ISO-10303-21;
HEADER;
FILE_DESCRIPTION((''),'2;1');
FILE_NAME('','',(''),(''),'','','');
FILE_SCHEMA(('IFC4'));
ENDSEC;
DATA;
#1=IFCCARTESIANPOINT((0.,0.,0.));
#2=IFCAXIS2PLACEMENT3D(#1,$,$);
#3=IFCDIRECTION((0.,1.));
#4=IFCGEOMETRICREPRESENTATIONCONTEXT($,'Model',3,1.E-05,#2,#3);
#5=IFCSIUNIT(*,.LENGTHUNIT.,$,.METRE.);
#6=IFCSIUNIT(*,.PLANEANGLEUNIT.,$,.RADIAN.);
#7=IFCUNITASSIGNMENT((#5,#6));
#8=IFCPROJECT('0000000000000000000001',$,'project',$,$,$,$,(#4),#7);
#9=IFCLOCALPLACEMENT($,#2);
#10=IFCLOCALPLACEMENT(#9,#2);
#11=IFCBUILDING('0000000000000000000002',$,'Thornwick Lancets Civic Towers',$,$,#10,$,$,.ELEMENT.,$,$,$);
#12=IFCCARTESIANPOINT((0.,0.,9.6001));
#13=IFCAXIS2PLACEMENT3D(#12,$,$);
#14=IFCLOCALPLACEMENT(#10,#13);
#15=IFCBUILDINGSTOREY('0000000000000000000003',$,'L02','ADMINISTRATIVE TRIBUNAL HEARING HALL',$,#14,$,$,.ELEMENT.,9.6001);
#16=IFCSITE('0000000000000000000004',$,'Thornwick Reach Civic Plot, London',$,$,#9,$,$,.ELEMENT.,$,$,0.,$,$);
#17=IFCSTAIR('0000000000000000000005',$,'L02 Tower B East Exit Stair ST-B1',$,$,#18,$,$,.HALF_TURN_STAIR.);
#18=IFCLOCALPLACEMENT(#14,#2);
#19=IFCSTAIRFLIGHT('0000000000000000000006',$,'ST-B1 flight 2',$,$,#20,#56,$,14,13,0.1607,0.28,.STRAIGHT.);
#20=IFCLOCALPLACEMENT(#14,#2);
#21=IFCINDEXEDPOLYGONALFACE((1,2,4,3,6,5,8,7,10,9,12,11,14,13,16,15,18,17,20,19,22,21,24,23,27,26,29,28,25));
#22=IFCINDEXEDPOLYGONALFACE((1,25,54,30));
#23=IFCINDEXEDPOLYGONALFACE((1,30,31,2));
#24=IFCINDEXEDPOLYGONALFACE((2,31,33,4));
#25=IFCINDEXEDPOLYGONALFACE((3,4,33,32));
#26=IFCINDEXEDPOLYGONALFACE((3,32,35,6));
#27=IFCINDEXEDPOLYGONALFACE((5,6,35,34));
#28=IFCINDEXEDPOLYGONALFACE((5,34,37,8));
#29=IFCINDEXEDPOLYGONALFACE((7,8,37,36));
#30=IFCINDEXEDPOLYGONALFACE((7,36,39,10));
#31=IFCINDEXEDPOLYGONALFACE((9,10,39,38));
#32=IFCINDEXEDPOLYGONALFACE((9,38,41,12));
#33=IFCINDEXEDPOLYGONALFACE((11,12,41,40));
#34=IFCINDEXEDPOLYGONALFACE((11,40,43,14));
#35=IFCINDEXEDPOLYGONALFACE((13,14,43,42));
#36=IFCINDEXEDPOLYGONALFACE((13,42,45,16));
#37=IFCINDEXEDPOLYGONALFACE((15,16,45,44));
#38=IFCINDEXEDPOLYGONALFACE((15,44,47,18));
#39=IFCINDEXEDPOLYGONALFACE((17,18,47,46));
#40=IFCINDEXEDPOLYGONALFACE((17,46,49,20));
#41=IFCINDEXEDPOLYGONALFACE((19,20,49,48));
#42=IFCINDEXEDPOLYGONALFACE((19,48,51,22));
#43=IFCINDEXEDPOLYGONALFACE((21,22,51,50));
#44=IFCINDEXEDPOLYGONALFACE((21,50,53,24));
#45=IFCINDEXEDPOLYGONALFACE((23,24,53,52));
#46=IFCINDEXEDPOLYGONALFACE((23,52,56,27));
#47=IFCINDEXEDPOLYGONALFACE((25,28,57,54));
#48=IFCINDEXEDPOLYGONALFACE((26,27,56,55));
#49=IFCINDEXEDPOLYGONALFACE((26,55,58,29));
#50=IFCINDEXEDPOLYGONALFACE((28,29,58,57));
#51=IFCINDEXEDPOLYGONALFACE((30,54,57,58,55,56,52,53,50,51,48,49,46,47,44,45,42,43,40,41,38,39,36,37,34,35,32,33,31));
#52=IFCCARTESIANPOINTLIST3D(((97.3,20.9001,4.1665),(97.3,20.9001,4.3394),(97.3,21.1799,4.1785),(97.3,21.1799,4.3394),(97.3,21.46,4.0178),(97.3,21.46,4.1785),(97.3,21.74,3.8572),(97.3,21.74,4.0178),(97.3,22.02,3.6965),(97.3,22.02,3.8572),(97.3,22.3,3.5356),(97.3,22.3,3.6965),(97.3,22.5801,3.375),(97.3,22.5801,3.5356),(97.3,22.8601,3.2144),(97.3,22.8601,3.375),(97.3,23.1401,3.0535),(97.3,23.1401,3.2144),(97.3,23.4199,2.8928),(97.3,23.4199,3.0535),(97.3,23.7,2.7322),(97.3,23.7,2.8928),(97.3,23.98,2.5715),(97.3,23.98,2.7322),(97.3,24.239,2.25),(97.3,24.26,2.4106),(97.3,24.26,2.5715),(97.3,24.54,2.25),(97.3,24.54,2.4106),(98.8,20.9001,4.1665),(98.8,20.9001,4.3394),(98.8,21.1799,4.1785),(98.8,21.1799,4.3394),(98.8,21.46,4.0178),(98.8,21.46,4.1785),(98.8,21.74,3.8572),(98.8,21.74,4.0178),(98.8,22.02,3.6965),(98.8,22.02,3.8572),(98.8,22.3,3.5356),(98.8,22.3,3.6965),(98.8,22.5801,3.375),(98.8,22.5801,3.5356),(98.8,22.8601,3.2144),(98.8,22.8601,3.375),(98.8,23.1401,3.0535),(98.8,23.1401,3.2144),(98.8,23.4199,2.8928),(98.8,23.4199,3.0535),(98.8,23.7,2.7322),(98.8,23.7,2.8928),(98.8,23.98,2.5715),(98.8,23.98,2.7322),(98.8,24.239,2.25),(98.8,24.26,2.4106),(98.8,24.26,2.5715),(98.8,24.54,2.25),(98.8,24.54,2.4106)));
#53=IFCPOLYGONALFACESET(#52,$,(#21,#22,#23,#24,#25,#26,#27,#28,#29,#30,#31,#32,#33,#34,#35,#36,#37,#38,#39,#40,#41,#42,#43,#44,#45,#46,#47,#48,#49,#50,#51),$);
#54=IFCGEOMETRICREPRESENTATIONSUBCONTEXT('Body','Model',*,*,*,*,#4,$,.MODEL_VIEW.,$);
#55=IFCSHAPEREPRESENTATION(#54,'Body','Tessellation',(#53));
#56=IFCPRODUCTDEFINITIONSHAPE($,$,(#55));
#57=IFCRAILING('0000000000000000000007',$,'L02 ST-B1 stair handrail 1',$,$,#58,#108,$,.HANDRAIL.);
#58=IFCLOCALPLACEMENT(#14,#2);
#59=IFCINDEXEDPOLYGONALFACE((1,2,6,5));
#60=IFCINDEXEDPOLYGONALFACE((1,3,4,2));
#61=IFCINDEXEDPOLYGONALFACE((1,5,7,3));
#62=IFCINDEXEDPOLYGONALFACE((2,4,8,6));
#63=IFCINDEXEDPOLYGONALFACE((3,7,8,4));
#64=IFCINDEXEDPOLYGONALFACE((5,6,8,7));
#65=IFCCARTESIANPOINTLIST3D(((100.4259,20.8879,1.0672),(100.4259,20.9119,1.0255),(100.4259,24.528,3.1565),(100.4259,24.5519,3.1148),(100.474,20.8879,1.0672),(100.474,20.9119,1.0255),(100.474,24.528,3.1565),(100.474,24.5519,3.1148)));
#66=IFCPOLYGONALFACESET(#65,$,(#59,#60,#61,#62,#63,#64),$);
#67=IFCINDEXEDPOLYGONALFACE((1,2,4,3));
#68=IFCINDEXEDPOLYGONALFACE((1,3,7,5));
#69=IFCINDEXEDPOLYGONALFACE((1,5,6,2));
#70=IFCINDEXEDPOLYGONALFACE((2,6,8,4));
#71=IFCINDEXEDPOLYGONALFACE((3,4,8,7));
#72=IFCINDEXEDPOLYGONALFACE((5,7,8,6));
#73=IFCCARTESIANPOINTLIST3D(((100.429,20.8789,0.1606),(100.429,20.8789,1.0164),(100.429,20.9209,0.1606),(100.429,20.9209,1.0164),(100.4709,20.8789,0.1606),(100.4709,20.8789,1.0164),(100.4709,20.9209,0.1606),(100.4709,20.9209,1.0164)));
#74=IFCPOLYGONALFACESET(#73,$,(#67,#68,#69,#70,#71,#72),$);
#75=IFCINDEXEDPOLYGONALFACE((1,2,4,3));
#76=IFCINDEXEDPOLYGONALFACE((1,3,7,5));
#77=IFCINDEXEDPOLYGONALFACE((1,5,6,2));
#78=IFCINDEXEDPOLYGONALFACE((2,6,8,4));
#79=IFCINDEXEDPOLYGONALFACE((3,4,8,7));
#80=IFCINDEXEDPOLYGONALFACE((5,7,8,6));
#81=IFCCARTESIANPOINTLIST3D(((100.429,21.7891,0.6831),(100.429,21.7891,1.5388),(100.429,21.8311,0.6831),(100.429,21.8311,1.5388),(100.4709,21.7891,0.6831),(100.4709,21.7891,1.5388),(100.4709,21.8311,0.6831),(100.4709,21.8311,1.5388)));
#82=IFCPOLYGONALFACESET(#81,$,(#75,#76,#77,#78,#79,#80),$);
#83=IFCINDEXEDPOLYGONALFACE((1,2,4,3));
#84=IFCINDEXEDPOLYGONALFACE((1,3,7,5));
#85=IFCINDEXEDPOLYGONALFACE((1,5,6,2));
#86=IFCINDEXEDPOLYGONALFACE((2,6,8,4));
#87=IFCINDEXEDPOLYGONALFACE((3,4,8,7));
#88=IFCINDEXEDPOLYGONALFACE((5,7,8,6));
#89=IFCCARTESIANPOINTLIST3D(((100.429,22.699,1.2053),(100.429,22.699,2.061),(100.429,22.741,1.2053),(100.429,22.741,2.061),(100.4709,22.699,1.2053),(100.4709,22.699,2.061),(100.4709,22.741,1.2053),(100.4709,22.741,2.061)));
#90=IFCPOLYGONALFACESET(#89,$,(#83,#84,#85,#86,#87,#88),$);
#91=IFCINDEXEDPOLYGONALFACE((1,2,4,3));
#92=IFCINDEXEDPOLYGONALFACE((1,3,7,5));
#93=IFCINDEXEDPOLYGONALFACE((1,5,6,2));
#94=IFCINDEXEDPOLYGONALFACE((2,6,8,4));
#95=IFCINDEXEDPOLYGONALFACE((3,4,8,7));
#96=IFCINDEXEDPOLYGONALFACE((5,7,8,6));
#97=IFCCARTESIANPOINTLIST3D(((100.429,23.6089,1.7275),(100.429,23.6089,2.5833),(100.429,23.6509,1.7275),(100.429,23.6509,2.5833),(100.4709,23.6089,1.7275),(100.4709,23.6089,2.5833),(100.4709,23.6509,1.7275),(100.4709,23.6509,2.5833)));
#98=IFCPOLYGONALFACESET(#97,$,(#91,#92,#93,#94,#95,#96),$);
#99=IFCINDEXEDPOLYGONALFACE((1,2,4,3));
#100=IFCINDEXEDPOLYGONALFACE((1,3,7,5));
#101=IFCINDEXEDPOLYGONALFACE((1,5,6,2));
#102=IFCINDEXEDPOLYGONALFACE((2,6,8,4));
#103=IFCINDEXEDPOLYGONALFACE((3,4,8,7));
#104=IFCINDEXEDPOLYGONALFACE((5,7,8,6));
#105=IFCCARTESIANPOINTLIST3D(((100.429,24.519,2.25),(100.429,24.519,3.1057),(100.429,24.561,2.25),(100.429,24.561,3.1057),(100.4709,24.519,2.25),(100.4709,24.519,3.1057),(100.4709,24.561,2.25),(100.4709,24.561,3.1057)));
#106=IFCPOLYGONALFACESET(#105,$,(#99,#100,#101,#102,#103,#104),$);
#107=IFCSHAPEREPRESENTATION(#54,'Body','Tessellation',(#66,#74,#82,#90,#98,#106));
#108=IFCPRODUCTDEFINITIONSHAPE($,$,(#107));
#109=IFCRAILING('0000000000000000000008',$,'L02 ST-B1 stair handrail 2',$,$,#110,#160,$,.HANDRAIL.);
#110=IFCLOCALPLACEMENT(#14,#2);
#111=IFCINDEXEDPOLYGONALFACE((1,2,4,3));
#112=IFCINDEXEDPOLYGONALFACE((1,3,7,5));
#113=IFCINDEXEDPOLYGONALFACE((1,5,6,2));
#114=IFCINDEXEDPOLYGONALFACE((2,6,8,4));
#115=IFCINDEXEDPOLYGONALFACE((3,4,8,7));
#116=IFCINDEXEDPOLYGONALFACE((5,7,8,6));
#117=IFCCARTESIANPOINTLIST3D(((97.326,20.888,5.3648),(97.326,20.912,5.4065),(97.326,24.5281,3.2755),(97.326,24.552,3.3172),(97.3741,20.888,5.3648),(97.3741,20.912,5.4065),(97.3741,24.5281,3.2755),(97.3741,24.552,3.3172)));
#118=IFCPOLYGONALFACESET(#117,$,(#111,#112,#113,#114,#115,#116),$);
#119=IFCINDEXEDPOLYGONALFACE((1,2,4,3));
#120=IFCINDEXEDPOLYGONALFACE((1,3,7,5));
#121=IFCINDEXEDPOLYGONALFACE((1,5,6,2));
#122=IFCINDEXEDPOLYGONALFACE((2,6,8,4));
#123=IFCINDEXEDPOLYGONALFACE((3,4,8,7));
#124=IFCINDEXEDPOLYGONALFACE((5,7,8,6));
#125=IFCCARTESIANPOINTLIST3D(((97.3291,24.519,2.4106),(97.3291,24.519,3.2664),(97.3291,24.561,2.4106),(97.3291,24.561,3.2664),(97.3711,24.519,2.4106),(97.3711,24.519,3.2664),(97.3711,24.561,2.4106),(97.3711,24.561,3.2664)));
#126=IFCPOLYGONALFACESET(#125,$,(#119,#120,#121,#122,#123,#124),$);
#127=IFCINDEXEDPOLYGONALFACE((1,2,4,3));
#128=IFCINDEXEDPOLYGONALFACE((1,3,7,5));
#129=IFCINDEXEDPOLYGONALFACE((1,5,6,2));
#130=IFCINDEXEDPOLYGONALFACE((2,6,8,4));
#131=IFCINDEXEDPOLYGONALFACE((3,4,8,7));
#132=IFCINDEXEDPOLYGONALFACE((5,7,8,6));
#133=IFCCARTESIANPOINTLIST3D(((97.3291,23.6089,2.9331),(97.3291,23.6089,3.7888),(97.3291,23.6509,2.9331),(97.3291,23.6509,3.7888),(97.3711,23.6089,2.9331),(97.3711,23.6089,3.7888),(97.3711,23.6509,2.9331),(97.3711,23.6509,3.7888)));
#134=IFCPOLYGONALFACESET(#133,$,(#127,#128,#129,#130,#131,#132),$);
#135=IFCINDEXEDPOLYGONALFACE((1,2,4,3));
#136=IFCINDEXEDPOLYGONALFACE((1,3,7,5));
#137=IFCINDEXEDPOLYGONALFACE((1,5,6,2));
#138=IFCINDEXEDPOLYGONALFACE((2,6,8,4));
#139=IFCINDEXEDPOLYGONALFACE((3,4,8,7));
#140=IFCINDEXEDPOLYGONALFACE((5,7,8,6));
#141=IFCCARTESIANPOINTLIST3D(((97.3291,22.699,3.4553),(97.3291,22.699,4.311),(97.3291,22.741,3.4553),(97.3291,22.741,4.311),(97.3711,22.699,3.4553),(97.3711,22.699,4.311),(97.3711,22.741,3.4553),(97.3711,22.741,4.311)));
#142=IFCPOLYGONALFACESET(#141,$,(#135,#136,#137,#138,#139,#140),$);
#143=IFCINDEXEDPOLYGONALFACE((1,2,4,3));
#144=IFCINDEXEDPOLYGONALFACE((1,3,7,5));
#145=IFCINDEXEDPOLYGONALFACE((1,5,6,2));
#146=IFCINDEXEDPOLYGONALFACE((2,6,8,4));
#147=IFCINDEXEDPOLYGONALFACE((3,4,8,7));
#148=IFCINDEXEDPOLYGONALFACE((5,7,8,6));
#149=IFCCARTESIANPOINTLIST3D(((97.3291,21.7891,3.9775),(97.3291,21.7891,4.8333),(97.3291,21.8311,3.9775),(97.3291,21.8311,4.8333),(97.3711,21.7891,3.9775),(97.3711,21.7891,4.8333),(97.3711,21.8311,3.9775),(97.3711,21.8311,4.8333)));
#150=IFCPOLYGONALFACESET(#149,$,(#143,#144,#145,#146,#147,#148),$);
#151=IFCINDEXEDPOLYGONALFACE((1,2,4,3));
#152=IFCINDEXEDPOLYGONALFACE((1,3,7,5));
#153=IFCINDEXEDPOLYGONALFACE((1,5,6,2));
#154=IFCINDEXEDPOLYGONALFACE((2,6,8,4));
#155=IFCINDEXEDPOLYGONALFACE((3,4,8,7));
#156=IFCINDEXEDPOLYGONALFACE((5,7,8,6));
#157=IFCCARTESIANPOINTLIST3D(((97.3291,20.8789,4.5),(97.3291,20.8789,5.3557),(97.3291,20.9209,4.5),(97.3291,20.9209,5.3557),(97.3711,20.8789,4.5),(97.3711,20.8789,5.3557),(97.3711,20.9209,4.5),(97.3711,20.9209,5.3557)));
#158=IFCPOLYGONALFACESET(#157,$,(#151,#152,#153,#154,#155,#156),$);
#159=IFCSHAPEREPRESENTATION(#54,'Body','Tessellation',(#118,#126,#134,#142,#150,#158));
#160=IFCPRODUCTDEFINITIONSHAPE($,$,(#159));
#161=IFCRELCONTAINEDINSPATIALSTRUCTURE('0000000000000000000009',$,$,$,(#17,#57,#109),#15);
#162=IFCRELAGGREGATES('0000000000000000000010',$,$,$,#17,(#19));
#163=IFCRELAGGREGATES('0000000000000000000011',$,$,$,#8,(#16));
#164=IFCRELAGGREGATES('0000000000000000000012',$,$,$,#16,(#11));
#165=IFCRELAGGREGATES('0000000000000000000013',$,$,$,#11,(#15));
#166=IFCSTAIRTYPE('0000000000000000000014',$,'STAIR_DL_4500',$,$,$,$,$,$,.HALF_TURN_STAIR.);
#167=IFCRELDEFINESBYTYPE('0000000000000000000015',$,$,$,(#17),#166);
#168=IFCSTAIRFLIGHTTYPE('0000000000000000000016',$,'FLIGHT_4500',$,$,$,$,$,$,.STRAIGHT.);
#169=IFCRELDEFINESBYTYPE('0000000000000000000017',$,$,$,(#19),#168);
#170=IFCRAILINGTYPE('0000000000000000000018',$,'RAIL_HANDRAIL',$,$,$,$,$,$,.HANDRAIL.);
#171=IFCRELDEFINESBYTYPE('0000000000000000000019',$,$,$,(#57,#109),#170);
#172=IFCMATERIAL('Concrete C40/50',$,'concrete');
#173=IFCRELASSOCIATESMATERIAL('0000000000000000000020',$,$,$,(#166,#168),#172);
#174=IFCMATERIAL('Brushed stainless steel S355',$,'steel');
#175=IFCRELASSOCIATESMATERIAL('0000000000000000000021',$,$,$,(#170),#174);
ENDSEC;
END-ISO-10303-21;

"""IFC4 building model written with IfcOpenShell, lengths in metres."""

from ifc_helpers import new_model, si_unit, direction, frame, origin, origin_2d, place, context, subcontext, project, spatial, polyline, rectangle, outline, extrude, material, type_object, element, aggregate, save


model = new_model("IFC4")

# Units and contexts
model_context = context("Model", 3, precision=1e-05, world=origin(), true_north=direction((0.0, 1.0)))
body_context = subcontext(model_context, "Body", "Model", "MODEL_VIEW")
ifc_project = project(units=[si_unit("LENGTHUNIT", "METRE"), si_unit("PLANEANGLEUNIT", "RADIAN")], contexts=[model_context])

# Site, building, storey
site_placement = place(None, origin())
site = spatial("IfcSite", under=ifc_project, at=site_placement, Name="Thornwick Reach Civic Plot, London", CompositionType="ELEMENT", RefElevation=0.0)
building_placement = place(site_placement, origin())
building = spatial("IfcBuilding", under=site, at=building_placement, Name="Thornwick Lancets Civic Towers", CompositionType="ELEMENT")
storey_placement = place(building_placement, frame((0.0, 0.0, 9.6001)))
storey = spatial("IfcBuildingStorey", under=building, at=storey_placement, Name="L02", Description="ADMINISTRATIVE TRIBUNAL HEARING HALL", CompositionType="ELEMENT", Elevation=9.6001)

# Shared definitions
ifc_material_1 = material(Name="Concrete C40/50", Category="concrete")

# Stair, stair flight
stair_type = type_object("IfcStairType", Name="STAIR_DL_4500", PredefinedType="HALF_TURN_STAIR", material=ifc_material_1)
stair_placement = place(storey_placement, origin())
stair = element("IfcStair", 1, at=stair_placement, inside=storey, type_object=stair_type, Name="L02 Tower B East Exit Stair ST-B1", PredefinedType="HALF_TURN_STAIR")
stair_flight_type = type_object("IfcStairFlightType", Name="FLIGHT_4500", PredefinedType="STRAIGHT", material=ifc_material_1)
stair_flight_1_placement = place(storey_placement, frame((98.05, 24.54, 2.25), z_axis=(0.0, 0.0, 1.0), x_axis=(0.0, -1.0, 0.0)))
stair_flight_1 = element("IfcStairFlight", 2, at=stair_flight_1_placement, type_object=stair_flight_type, Name="ST-B1 flight 2", NumberOfRisers=14, NumberOfTreads=13, PredefinedType="STRAIGHT", RiserHeight=0.1607, TreadLength=0.28, context=body_context, shape_type="SweptSolid", body=[
    extrude(outline(polyline([(0.0, 0.0), (0.0, 0.1606), (0.28, 0.1606), (0.28, 0.3215), (0.5601, 0.3215), (0.5601, 0.4822), (0.8401, 0.4822), (0.8401, 0.6428), (1.1201, 0.6428), (1.1201, 0.8035), (1.3999, 0.8035), (1.3999, 0.9644), (1.6799, 0.9644), (1.6799, 1.125), (1.96, 1.125), (1.96, 1.2856), (2.24, 1.2856), (2.24, 1.4465), (2.52, 1.4465), (2.52, 1.6072), (2.8, 1.6072), (2.8, 1.7678), (3.0801, 1.7678), (3.0801, 1.9285), (3.3601, 1.9285), (3.3601, 2.0894), (3.6399, 2.0894), (3.6399, 2.25), (3.6399, 1.9165), (0.301, 0.0), (0.0, 0.0)])), frame((0.0, 0.75, 0.0), z_axis=(0.0, -1.0, 0.0), x_axis=(1.0, 0.0, 0.0)), (0.0, 0.0, 1.0), 1.5),
])
aggregate(stair, [stair_flight_1])

# Railings
ifc_material_2 = material(Name="Brushed stainless steel S355", Category="steel")
railing_type_1 = type_object("IfcRailingType", Name="RAIL_HANDRAIL", PredefinedType="HANDRAIL", material=ifc_material_2)
railing_1_placement = place(storey_placement, frame((100.45, 20.8999, 0.1606)))
element("IfcRailing", 3, at=railing_1_placement, inside=storey, type_object=railing_type_1, Name="L02 ST-B1 stair handrail 1", PredefinedType="HANDRAIL", context=body_context, shape_type="SweptSolid", body=[
    extrude(rectangle(XDim=0.0481, YDim=0.0481, at=origin_2d()), frame((0.0, 0.0, 0.8857), z_axis=(0.0, 0.867289, 0.497804), x_axis=(-1.0, 0.0, 0.0)), (0.0, 0.0, 1.0), 4.197),
    extrude(rectangle(XDim=0.042, YDim=0.042, at=origin_2d()), origin(), (0.0, 0.0, 1.0), 0.8557),
    extrude(rectangle(XDim=0.042, YDim=0.042, at=origin_2d()), frame((0.0, 0.9102, 0.5225)), (0.0, 0.0, 1.0), 0.8557),
    extrude(rectangle(XDim=0.042, YDim=0.042, at=origin_2d()), frame((0.0, 1.8201, 1.0447)), (0.0, 0.0, 1.0), 0.8557),
    extrude(rectangle(XDim=0.042, YDim=0.042, at=origin_2d()), frame((0.0, 2.73, 1.5669)), (0.0, 0.0, 1.0), 0.8557),
    extrude(rectangle(XDim=0.042, YDim=0.042, at=origin_2d()), frame((0.0, 3.6401, 2.0894)), (0.0, 0.0, 1.0), 0.8557),
])
railing_2_placement = place(storey_placement, frame((97.3501, 24.54, 2.4106)))
element("IfcRailing", 4, at=railing_2_placement, inside=storey, type_object=railing_type_1, Name="L02 ST-B1 stair handrail 2", PredefinedType="HANDRAIL", context=body_context, shape_type="SweptSolid", body=[
    extrude(rectangle(XDim=0.0481, YDim=0.0481, at=origin_2d()), frame((0.0, 0.0, 0.8857), z_axis=(0.0, -0.867289, 0.497804), x_axis=(1.0, 0.0, 0.0)), (0.0, 0.0, 1.0), 4.197),
    extrude(rectangle(XDim=0.042, YDim=0.042, at=origin_2d()), origin(), (0.0, 0.0, 1.0), 0.8557),
    extrude(rectangle(XDim=0.042, YDim=0.042, at=origin_2d()), frame((0.0, -0.9102, 0.5225)), (0.0, 0.0, 1.0), 0.8557),
    extrude(rectangle(XDim=0.042, YDim=0.042, at=origin_2d()), frame((0.0, -1.8201, 1.0447)), (0.0, 0.0, 1.0), 0.8557),
    extrude(rectangle(XDim=0.042, YDim=0.042, at=origin_2d()), frame((0.0, -2.73, 1.5669)), (0.0, 0.0, 1.0), 0.8557),
    extrude(rectangle(XDim=0.042, YDim=0.042, at=origin_2d()), frame((0.0, -3.6401, 2.0894)), (0.0, 0.0, 1.0), 0.8557),
])

save(model, "model.ifc")
